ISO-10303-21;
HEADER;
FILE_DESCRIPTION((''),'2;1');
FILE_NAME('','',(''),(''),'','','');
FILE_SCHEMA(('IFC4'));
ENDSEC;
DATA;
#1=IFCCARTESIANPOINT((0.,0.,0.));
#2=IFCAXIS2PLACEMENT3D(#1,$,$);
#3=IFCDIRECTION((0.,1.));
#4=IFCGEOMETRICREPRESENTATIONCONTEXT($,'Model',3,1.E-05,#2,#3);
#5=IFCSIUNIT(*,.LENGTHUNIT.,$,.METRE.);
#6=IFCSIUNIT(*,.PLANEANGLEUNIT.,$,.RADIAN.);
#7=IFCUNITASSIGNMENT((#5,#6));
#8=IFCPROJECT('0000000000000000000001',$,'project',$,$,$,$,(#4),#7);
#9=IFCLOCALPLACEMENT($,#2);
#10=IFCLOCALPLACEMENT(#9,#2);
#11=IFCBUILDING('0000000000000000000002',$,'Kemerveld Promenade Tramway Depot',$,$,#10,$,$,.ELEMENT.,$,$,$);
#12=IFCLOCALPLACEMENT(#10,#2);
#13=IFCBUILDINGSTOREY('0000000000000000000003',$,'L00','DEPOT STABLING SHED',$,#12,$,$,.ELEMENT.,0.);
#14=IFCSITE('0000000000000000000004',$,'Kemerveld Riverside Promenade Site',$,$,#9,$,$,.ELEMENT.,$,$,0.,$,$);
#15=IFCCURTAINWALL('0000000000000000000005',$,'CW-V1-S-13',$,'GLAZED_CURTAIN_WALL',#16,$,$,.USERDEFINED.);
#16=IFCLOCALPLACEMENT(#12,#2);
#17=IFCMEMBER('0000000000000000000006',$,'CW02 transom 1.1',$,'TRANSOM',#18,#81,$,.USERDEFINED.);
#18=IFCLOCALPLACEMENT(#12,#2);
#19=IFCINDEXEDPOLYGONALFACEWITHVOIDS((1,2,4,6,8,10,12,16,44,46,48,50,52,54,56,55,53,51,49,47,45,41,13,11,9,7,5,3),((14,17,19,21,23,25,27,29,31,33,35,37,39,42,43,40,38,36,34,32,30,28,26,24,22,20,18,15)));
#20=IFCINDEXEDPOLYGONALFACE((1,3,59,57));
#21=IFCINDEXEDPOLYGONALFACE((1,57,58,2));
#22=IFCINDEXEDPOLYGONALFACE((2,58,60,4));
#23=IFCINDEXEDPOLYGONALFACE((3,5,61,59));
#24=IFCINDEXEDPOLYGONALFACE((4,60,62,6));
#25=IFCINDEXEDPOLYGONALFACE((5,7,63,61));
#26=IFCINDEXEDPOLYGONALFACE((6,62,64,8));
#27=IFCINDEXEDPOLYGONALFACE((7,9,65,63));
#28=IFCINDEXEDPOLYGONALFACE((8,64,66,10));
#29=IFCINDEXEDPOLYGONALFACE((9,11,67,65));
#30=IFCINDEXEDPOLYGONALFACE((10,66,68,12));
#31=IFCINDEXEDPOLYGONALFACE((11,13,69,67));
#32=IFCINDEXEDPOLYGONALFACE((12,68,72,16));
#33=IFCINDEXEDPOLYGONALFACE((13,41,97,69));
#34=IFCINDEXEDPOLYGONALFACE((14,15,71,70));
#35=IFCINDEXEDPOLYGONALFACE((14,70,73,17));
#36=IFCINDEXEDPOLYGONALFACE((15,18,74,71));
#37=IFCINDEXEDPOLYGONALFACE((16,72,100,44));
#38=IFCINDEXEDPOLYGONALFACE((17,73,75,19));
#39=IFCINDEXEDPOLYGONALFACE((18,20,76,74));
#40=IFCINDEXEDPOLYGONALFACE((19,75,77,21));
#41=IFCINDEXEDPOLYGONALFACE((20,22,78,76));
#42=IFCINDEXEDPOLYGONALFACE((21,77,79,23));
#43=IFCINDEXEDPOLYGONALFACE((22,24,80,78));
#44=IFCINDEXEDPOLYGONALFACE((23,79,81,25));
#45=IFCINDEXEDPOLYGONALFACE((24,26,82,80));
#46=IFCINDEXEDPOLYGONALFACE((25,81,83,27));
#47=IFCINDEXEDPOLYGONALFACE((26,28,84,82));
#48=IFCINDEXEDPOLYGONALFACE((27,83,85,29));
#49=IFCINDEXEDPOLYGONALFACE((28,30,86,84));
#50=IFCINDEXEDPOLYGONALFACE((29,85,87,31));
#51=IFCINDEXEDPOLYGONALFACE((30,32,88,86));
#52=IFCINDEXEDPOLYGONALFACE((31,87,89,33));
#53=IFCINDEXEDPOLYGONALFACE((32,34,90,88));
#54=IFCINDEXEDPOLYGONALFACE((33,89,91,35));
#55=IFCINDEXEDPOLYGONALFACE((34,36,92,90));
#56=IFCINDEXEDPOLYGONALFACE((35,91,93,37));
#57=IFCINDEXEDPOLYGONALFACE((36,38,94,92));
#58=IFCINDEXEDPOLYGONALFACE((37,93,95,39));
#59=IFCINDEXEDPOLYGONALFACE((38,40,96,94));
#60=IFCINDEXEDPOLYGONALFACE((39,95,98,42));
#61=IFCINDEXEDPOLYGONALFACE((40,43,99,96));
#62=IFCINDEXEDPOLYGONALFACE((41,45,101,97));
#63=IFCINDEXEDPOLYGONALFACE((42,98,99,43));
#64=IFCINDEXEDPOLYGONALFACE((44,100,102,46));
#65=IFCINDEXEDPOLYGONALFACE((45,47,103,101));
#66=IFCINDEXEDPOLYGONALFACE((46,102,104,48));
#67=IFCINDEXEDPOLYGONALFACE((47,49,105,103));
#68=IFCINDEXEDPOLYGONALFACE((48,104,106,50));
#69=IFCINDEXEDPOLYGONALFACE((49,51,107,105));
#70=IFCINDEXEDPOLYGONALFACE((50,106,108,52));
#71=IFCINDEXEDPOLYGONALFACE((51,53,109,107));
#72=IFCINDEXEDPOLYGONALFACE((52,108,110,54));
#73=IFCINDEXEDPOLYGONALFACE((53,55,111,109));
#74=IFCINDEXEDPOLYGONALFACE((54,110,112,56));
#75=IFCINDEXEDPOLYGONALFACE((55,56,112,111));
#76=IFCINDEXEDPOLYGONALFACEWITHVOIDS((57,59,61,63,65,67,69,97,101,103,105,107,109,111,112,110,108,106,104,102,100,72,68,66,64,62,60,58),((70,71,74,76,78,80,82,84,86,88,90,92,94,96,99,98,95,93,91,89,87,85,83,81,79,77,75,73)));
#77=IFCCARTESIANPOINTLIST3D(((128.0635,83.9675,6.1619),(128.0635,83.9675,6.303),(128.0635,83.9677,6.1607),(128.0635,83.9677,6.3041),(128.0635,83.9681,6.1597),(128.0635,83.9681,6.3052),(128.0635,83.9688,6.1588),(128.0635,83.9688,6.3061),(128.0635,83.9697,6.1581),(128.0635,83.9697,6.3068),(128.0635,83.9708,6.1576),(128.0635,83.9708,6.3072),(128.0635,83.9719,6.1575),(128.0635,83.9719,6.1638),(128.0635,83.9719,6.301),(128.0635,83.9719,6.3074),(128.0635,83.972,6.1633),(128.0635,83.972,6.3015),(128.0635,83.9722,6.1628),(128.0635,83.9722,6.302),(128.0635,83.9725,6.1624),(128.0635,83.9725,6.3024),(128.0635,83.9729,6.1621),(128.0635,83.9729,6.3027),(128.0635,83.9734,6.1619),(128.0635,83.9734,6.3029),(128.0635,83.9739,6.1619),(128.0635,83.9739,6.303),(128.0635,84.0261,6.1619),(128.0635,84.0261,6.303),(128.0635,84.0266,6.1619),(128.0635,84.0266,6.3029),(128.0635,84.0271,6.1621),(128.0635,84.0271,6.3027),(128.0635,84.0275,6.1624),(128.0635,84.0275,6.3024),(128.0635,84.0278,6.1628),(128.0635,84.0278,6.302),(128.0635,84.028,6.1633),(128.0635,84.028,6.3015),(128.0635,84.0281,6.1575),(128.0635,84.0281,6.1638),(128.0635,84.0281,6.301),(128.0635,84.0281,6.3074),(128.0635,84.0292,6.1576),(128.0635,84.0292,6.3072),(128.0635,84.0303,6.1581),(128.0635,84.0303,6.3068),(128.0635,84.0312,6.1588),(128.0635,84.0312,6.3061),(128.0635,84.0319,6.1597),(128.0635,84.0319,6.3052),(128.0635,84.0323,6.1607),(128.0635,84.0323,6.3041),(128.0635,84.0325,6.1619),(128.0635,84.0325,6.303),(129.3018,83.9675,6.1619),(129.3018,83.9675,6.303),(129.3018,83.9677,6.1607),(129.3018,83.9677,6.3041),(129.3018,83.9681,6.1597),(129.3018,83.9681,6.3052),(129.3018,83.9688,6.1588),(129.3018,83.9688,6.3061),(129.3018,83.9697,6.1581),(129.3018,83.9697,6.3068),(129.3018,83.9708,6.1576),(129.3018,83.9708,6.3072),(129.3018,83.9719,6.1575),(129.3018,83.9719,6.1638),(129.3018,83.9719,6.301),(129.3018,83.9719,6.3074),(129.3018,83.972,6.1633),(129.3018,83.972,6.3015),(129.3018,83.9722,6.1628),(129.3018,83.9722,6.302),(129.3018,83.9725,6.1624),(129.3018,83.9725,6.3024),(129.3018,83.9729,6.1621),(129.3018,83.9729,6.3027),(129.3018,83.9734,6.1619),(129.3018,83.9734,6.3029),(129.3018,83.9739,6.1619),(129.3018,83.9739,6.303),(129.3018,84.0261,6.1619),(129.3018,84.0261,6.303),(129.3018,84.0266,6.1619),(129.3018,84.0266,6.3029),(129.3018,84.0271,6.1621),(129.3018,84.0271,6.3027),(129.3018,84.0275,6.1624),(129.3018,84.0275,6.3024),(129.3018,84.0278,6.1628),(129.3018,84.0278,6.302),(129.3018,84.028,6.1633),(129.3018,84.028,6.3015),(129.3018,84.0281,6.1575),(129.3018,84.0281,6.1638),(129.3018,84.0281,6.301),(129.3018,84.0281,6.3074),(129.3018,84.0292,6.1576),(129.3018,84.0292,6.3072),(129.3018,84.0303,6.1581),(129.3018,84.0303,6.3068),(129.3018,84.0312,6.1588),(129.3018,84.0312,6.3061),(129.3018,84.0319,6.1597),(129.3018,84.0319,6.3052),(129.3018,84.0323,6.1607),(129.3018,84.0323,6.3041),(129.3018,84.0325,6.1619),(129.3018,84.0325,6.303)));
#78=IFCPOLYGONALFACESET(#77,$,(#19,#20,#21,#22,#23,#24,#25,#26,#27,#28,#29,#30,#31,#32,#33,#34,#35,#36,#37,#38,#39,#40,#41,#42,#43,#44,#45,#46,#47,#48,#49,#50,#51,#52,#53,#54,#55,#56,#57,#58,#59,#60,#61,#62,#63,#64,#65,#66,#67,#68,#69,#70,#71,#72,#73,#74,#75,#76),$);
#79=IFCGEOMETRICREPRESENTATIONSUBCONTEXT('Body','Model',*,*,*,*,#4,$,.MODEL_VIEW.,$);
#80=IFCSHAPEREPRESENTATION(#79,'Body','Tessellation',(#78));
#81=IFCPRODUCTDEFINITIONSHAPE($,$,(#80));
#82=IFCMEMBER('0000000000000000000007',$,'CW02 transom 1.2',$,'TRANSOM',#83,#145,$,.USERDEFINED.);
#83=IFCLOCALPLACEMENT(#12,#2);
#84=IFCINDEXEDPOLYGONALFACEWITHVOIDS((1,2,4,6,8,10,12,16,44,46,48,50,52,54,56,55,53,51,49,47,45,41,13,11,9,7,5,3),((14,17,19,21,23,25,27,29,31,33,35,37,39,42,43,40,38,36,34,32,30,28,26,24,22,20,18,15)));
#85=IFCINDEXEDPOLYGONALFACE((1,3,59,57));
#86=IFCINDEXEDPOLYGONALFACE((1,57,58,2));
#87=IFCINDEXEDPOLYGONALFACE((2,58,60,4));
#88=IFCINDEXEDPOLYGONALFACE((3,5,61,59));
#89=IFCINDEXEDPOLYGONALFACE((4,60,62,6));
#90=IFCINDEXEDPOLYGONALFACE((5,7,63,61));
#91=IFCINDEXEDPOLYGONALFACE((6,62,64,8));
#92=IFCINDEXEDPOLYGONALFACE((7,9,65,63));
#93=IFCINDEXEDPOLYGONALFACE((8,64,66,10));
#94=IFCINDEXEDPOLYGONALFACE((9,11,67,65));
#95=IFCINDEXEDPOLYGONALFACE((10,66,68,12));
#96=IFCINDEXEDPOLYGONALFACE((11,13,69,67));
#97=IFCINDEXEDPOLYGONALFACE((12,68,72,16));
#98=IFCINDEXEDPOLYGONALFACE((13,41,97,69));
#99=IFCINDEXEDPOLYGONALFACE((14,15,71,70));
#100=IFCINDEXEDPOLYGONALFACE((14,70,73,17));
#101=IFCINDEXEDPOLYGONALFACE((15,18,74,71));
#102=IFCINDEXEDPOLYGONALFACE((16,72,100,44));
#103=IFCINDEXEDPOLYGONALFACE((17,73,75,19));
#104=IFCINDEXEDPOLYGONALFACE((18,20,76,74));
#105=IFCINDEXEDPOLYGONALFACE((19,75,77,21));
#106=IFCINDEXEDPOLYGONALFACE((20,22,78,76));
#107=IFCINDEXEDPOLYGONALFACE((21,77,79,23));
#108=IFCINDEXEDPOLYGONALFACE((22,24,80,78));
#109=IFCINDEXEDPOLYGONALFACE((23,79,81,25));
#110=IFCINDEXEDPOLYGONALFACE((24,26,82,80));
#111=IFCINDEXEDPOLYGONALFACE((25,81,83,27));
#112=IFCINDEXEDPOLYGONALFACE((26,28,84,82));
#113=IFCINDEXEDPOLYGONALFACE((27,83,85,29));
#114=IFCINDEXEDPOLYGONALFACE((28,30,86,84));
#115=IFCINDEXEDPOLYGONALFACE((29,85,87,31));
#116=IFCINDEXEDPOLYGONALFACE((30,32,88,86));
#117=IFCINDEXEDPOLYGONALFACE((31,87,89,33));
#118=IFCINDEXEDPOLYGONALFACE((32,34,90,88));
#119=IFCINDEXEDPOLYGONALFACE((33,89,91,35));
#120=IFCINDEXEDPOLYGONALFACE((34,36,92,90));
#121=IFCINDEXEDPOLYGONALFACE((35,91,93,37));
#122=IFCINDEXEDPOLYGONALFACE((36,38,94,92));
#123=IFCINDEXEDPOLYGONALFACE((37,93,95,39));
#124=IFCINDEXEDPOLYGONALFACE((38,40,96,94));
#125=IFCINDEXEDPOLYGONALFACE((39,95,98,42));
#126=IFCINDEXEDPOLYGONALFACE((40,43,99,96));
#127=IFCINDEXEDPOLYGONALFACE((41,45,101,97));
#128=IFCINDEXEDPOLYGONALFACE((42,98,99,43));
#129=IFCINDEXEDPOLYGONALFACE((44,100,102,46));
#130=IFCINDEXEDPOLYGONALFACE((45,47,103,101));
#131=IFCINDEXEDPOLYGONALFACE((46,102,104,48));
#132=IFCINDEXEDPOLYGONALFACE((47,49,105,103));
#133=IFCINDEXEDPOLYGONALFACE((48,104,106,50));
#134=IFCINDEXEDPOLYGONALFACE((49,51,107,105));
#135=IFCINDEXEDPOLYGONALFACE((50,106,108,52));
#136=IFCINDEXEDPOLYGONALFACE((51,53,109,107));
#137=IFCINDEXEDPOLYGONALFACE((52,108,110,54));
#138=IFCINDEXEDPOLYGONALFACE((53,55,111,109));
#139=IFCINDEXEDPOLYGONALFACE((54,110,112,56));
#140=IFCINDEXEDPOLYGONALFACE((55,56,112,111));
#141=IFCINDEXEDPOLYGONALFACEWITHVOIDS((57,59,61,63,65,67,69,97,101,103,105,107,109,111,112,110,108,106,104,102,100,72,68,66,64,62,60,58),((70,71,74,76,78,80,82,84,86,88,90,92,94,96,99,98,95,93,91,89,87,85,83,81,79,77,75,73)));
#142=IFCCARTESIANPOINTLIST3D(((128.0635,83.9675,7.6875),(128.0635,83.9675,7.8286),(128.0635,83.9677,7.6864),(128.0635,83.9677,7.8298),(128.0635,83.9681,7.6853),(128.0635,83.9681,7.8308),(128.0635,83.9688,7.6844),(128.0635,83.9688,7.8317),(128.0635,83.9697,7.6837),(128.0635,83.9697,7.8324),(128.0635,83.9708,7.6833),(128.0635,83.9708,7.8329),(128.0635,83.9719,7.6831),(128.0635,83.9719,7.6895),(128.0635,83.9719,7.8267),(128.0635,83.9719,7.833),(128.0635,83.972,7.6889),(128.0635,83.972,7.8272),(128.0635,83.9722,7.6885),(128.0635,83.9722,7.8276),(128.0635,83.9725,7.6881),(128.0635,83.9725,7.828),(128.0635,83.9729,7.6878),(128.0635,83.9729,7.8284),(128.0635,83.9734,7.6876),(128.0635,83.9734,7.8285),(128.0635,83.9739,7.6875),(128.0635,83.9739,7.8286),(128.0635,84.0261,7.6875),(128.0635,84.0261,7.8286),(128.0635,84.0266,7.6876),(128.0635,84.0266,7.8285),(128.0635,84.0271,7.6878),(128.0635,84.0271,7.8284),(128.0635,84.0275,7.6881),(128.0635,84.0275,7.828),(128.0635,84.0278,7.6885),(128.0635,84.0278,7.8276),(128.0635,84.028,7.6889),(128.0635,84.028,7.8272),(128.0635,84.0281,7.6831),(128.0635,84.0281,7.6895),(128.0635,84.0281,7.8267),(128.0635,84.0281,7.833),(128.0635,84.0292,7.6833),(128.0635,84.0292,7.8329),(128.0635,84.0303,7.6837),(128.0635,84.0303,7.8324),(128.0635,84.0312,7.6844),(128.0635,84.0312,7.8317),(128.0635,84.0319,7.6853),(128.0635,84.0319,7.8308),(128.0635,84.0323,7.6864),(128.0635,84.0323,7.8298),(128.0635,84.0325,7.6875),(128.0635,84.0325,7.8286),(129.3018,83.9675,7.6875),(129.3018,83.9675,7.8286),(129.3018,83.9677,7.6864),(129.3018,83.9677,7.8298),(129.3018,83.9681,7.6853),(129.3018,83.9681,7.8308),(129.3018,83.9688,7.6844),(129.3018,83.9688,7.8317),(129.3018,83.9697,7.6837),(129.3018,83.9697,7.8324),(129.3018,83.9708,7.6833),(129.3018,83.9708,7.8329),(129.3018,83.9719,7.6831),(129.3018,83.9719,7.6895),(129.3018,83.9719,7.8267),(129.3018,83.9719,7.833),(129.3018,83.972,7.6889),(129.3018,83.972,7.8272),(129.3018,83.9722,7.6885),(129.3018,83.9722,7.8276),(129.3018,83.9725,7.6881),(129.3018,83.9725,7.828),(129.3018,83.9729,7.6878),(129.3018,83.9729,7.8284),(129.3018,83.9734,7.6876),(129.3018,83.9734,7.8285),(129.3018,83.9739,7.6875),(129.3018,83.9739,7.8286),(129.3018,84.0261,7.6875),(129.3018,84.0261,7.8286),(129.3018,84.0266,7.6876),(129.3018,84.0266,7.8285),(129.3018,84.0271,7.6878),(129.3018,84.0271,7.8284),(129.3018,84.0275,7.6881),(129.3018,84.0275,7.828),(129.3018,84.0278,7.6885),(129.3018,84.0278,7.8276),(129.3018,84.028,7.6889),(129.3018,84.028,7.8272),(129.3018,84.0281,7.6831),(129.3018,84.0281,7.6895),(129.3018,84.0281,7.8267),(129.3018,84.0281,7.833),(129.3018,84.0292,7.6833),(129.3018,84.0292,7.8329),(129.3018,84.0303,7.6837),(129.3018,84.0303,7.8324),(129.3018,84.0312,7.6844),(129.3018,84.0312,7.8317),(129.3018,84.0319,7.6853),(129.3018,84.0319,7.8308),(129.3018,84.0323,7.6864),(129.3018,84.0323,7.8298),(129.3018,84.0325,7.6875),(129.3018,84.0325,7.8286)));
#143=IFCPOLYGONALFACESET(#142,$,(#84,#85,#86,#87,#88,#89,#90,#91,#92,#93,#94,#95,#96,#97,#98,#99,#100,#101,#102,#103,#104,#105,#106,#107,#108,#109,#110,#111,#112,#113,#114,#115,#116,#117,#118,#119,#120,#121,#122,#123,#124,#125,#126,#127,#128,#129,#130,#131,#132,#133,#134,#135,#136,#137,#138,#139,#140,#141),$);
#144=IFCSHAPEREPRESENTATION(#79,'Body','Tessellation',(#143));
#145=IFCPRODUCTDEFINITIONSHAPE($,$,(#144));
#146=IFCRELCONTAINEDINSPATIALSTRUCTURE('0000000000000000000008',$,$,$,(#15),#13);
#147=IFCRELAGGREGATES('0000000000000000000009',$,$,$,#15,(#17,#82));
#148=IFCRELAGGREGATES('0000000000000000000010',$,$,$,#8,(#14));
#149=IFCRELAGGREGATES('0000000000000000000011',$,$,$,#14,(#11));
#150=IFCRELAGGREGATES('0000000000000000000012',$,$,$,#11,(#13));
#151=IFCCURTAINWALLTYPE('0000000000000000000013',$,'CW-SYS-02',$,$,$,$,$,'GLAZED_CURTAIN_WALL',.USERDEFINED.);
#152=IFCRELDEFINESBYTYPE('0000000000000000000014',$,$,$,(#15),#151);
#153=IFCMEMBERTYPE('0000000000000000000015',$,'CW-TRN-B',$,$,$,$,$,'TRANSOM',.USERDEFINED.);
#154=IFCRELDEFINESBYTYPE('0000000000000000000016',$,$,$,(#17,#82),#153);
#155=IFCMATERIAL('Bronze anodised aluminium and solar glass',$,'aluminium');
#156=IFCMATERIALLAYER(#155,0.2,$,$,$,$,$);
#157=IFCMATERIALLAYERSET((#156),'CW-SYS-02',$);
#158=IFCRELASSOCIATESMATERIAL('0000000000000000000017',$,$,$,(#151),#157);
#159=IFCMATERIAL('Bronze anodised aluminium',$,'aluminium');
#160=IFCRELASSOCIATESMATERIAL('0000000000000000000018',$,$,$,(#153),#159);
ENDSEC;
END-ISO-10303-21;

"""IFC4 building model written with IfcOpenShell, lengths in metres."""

from ifc_helpers import new_model, si_unit, direction, frame, origin, origin_2d, place, context, subcontext, project, spatial, hollow_rectangle, extrude, material, layer, layer_set, material_profile, profile_set, type_object, element, aggregate, save


model = new_model("IFC4")

# Units and contexts
model_context = context("Model", 3, precision=1e-05, world=origin(), true_north=direction((0.0, 1.0)))
body_context = subcontext(model_context, "Body", "Model", "MODEL_VIEW")
ifc_project = project(units=[si_unit("LENGTHUNIT", "METRE"), si_unit("PLANEANGLEUNIT", "RADIAN")], contexts=[model_context])

# Site, building, storey
site_placement = place(None, origin())
site = spatial("IfcSite", under=ifc_project, at=site_placement, Name="Kemerveld Riverside Promenade Site", CompositionType="ELEMENT", RefElevation=0.0)
building_placement = place(site_placement, origin())
building = spatial("IfcBuilding", under=site, at=building_placement, Name="Kemerveld Promenade Tramway Depot", CompositionType="ELEMENT")
storey_placement = place(building_placement, origin())
storey = spatial("IfcBuildingStorey", under=building, at=storey_placement, Name="L00", Description="DEPOT STABLING SHED", CompositionType="ELEMENT", Elevation=0.0)

# Shared definitions
ifc_material_1 = material(Name="Bronze anodised aluminium and solar glass", Category="aluminium")
ifc_material_2 = material(Name="Bronze anodised aluminium", Category="aluminium")

# Curtain wall
ifc_layer_1 = layer(ifc_material_1, 0.2)
ifc_layer_set_1 = layer_set([ifc_layer_1], Name="CW-SYS-02")
curtain_wall_type_1 = type_object("IfcCurtainWallType", Name="CW-SYS-02", ElementType="GLAZED_CURTAIN_WALL", PredefinedType="USERDEFINED", material=ifc_layer_set_1)
curtain_wall_1_placement = place(storey_placement, origin())
curtain_wall_1 = element("IfcCurtainWall", 1, at=curtain_wall_1_placement, inside=storey, type_object=curtain_wall_type_1, Name="CW-V1-S-13", ObjectType="GLAZED_CURTAIN_WALL", PredefinedType="USERDEFINED")

# Members
ifc_material_profile_1 = material_profile(ifc_material_2, hollow_rectangle(XDim=0.0649, YDim=0.1499, WallThickness=0.0044, InnerFilletRadius=0.002, OuterFilletRadius=0.0044, at=origin_2d()), Name="CW-TRN-150x65")
ifc_profile_set_1 = profile_set([ifc_material_profile_1], Name="Bronze anodised aluminium")
member_type_1 = type_object("IfcMemberType", Name="CW-TRN-B", ElementType="TRANSOM", PredefinedType="USERDEFINED", material=ifc_profile_set_1)
member_1_placement = place(storey_placement, frame((129.3018, 84.0, 6.2324), z_axis=(-1.0, 0.0, 0.0), x_axis=(0.0, -1.0, 0.0)))
member_1 = element("IfcMember", 2, at=member_1_placement, type_object=member_type_1, Name="CW02 transom 1.1", ObjectType="TRANSOM", PredefinedType="USERDEFINED", context=body_context, shape_type="SweptSolid", body=[
    extrude(hollow_rectangle(XDim=0.0649, YDim=0.1499, WallThickness=0.0044, InnerFilletRadius=0.002, OuterFilletRadius=0.0044, at=origin_2d()), origin(), (0.0, 0.0, 1.0), 1.2383),
])
member_2_placement = place(storey_placement, frame((129.3018, 84.0, 7.7581), z_axis=(-1.0, 0.0, 0.0), x_axis=(0.0, -1.0, 0.0)))
member_2 = element("IfcMember", 3, at=member_2_placement, type_object=member_type_1, Name="CW02 transom 1.2", ObjectType="TRANSOM", PredefinedType="USERDEFINED", context=body_context, shape_type="SweptSolid", body=[
    extrude(hollow_rectangle(XDim=0.0649, YDim=0.1499, WallThickness=0.0044, InnerFilletRadius=0.002, OuterFilletRadius=0.0044, at=origin_2d()), origin(), (0.0, 0.0, 1.0), 1.2383),
])

aggregate(curtain_wall_1, [member_1, member_2])

save(model, "model.ifc")
